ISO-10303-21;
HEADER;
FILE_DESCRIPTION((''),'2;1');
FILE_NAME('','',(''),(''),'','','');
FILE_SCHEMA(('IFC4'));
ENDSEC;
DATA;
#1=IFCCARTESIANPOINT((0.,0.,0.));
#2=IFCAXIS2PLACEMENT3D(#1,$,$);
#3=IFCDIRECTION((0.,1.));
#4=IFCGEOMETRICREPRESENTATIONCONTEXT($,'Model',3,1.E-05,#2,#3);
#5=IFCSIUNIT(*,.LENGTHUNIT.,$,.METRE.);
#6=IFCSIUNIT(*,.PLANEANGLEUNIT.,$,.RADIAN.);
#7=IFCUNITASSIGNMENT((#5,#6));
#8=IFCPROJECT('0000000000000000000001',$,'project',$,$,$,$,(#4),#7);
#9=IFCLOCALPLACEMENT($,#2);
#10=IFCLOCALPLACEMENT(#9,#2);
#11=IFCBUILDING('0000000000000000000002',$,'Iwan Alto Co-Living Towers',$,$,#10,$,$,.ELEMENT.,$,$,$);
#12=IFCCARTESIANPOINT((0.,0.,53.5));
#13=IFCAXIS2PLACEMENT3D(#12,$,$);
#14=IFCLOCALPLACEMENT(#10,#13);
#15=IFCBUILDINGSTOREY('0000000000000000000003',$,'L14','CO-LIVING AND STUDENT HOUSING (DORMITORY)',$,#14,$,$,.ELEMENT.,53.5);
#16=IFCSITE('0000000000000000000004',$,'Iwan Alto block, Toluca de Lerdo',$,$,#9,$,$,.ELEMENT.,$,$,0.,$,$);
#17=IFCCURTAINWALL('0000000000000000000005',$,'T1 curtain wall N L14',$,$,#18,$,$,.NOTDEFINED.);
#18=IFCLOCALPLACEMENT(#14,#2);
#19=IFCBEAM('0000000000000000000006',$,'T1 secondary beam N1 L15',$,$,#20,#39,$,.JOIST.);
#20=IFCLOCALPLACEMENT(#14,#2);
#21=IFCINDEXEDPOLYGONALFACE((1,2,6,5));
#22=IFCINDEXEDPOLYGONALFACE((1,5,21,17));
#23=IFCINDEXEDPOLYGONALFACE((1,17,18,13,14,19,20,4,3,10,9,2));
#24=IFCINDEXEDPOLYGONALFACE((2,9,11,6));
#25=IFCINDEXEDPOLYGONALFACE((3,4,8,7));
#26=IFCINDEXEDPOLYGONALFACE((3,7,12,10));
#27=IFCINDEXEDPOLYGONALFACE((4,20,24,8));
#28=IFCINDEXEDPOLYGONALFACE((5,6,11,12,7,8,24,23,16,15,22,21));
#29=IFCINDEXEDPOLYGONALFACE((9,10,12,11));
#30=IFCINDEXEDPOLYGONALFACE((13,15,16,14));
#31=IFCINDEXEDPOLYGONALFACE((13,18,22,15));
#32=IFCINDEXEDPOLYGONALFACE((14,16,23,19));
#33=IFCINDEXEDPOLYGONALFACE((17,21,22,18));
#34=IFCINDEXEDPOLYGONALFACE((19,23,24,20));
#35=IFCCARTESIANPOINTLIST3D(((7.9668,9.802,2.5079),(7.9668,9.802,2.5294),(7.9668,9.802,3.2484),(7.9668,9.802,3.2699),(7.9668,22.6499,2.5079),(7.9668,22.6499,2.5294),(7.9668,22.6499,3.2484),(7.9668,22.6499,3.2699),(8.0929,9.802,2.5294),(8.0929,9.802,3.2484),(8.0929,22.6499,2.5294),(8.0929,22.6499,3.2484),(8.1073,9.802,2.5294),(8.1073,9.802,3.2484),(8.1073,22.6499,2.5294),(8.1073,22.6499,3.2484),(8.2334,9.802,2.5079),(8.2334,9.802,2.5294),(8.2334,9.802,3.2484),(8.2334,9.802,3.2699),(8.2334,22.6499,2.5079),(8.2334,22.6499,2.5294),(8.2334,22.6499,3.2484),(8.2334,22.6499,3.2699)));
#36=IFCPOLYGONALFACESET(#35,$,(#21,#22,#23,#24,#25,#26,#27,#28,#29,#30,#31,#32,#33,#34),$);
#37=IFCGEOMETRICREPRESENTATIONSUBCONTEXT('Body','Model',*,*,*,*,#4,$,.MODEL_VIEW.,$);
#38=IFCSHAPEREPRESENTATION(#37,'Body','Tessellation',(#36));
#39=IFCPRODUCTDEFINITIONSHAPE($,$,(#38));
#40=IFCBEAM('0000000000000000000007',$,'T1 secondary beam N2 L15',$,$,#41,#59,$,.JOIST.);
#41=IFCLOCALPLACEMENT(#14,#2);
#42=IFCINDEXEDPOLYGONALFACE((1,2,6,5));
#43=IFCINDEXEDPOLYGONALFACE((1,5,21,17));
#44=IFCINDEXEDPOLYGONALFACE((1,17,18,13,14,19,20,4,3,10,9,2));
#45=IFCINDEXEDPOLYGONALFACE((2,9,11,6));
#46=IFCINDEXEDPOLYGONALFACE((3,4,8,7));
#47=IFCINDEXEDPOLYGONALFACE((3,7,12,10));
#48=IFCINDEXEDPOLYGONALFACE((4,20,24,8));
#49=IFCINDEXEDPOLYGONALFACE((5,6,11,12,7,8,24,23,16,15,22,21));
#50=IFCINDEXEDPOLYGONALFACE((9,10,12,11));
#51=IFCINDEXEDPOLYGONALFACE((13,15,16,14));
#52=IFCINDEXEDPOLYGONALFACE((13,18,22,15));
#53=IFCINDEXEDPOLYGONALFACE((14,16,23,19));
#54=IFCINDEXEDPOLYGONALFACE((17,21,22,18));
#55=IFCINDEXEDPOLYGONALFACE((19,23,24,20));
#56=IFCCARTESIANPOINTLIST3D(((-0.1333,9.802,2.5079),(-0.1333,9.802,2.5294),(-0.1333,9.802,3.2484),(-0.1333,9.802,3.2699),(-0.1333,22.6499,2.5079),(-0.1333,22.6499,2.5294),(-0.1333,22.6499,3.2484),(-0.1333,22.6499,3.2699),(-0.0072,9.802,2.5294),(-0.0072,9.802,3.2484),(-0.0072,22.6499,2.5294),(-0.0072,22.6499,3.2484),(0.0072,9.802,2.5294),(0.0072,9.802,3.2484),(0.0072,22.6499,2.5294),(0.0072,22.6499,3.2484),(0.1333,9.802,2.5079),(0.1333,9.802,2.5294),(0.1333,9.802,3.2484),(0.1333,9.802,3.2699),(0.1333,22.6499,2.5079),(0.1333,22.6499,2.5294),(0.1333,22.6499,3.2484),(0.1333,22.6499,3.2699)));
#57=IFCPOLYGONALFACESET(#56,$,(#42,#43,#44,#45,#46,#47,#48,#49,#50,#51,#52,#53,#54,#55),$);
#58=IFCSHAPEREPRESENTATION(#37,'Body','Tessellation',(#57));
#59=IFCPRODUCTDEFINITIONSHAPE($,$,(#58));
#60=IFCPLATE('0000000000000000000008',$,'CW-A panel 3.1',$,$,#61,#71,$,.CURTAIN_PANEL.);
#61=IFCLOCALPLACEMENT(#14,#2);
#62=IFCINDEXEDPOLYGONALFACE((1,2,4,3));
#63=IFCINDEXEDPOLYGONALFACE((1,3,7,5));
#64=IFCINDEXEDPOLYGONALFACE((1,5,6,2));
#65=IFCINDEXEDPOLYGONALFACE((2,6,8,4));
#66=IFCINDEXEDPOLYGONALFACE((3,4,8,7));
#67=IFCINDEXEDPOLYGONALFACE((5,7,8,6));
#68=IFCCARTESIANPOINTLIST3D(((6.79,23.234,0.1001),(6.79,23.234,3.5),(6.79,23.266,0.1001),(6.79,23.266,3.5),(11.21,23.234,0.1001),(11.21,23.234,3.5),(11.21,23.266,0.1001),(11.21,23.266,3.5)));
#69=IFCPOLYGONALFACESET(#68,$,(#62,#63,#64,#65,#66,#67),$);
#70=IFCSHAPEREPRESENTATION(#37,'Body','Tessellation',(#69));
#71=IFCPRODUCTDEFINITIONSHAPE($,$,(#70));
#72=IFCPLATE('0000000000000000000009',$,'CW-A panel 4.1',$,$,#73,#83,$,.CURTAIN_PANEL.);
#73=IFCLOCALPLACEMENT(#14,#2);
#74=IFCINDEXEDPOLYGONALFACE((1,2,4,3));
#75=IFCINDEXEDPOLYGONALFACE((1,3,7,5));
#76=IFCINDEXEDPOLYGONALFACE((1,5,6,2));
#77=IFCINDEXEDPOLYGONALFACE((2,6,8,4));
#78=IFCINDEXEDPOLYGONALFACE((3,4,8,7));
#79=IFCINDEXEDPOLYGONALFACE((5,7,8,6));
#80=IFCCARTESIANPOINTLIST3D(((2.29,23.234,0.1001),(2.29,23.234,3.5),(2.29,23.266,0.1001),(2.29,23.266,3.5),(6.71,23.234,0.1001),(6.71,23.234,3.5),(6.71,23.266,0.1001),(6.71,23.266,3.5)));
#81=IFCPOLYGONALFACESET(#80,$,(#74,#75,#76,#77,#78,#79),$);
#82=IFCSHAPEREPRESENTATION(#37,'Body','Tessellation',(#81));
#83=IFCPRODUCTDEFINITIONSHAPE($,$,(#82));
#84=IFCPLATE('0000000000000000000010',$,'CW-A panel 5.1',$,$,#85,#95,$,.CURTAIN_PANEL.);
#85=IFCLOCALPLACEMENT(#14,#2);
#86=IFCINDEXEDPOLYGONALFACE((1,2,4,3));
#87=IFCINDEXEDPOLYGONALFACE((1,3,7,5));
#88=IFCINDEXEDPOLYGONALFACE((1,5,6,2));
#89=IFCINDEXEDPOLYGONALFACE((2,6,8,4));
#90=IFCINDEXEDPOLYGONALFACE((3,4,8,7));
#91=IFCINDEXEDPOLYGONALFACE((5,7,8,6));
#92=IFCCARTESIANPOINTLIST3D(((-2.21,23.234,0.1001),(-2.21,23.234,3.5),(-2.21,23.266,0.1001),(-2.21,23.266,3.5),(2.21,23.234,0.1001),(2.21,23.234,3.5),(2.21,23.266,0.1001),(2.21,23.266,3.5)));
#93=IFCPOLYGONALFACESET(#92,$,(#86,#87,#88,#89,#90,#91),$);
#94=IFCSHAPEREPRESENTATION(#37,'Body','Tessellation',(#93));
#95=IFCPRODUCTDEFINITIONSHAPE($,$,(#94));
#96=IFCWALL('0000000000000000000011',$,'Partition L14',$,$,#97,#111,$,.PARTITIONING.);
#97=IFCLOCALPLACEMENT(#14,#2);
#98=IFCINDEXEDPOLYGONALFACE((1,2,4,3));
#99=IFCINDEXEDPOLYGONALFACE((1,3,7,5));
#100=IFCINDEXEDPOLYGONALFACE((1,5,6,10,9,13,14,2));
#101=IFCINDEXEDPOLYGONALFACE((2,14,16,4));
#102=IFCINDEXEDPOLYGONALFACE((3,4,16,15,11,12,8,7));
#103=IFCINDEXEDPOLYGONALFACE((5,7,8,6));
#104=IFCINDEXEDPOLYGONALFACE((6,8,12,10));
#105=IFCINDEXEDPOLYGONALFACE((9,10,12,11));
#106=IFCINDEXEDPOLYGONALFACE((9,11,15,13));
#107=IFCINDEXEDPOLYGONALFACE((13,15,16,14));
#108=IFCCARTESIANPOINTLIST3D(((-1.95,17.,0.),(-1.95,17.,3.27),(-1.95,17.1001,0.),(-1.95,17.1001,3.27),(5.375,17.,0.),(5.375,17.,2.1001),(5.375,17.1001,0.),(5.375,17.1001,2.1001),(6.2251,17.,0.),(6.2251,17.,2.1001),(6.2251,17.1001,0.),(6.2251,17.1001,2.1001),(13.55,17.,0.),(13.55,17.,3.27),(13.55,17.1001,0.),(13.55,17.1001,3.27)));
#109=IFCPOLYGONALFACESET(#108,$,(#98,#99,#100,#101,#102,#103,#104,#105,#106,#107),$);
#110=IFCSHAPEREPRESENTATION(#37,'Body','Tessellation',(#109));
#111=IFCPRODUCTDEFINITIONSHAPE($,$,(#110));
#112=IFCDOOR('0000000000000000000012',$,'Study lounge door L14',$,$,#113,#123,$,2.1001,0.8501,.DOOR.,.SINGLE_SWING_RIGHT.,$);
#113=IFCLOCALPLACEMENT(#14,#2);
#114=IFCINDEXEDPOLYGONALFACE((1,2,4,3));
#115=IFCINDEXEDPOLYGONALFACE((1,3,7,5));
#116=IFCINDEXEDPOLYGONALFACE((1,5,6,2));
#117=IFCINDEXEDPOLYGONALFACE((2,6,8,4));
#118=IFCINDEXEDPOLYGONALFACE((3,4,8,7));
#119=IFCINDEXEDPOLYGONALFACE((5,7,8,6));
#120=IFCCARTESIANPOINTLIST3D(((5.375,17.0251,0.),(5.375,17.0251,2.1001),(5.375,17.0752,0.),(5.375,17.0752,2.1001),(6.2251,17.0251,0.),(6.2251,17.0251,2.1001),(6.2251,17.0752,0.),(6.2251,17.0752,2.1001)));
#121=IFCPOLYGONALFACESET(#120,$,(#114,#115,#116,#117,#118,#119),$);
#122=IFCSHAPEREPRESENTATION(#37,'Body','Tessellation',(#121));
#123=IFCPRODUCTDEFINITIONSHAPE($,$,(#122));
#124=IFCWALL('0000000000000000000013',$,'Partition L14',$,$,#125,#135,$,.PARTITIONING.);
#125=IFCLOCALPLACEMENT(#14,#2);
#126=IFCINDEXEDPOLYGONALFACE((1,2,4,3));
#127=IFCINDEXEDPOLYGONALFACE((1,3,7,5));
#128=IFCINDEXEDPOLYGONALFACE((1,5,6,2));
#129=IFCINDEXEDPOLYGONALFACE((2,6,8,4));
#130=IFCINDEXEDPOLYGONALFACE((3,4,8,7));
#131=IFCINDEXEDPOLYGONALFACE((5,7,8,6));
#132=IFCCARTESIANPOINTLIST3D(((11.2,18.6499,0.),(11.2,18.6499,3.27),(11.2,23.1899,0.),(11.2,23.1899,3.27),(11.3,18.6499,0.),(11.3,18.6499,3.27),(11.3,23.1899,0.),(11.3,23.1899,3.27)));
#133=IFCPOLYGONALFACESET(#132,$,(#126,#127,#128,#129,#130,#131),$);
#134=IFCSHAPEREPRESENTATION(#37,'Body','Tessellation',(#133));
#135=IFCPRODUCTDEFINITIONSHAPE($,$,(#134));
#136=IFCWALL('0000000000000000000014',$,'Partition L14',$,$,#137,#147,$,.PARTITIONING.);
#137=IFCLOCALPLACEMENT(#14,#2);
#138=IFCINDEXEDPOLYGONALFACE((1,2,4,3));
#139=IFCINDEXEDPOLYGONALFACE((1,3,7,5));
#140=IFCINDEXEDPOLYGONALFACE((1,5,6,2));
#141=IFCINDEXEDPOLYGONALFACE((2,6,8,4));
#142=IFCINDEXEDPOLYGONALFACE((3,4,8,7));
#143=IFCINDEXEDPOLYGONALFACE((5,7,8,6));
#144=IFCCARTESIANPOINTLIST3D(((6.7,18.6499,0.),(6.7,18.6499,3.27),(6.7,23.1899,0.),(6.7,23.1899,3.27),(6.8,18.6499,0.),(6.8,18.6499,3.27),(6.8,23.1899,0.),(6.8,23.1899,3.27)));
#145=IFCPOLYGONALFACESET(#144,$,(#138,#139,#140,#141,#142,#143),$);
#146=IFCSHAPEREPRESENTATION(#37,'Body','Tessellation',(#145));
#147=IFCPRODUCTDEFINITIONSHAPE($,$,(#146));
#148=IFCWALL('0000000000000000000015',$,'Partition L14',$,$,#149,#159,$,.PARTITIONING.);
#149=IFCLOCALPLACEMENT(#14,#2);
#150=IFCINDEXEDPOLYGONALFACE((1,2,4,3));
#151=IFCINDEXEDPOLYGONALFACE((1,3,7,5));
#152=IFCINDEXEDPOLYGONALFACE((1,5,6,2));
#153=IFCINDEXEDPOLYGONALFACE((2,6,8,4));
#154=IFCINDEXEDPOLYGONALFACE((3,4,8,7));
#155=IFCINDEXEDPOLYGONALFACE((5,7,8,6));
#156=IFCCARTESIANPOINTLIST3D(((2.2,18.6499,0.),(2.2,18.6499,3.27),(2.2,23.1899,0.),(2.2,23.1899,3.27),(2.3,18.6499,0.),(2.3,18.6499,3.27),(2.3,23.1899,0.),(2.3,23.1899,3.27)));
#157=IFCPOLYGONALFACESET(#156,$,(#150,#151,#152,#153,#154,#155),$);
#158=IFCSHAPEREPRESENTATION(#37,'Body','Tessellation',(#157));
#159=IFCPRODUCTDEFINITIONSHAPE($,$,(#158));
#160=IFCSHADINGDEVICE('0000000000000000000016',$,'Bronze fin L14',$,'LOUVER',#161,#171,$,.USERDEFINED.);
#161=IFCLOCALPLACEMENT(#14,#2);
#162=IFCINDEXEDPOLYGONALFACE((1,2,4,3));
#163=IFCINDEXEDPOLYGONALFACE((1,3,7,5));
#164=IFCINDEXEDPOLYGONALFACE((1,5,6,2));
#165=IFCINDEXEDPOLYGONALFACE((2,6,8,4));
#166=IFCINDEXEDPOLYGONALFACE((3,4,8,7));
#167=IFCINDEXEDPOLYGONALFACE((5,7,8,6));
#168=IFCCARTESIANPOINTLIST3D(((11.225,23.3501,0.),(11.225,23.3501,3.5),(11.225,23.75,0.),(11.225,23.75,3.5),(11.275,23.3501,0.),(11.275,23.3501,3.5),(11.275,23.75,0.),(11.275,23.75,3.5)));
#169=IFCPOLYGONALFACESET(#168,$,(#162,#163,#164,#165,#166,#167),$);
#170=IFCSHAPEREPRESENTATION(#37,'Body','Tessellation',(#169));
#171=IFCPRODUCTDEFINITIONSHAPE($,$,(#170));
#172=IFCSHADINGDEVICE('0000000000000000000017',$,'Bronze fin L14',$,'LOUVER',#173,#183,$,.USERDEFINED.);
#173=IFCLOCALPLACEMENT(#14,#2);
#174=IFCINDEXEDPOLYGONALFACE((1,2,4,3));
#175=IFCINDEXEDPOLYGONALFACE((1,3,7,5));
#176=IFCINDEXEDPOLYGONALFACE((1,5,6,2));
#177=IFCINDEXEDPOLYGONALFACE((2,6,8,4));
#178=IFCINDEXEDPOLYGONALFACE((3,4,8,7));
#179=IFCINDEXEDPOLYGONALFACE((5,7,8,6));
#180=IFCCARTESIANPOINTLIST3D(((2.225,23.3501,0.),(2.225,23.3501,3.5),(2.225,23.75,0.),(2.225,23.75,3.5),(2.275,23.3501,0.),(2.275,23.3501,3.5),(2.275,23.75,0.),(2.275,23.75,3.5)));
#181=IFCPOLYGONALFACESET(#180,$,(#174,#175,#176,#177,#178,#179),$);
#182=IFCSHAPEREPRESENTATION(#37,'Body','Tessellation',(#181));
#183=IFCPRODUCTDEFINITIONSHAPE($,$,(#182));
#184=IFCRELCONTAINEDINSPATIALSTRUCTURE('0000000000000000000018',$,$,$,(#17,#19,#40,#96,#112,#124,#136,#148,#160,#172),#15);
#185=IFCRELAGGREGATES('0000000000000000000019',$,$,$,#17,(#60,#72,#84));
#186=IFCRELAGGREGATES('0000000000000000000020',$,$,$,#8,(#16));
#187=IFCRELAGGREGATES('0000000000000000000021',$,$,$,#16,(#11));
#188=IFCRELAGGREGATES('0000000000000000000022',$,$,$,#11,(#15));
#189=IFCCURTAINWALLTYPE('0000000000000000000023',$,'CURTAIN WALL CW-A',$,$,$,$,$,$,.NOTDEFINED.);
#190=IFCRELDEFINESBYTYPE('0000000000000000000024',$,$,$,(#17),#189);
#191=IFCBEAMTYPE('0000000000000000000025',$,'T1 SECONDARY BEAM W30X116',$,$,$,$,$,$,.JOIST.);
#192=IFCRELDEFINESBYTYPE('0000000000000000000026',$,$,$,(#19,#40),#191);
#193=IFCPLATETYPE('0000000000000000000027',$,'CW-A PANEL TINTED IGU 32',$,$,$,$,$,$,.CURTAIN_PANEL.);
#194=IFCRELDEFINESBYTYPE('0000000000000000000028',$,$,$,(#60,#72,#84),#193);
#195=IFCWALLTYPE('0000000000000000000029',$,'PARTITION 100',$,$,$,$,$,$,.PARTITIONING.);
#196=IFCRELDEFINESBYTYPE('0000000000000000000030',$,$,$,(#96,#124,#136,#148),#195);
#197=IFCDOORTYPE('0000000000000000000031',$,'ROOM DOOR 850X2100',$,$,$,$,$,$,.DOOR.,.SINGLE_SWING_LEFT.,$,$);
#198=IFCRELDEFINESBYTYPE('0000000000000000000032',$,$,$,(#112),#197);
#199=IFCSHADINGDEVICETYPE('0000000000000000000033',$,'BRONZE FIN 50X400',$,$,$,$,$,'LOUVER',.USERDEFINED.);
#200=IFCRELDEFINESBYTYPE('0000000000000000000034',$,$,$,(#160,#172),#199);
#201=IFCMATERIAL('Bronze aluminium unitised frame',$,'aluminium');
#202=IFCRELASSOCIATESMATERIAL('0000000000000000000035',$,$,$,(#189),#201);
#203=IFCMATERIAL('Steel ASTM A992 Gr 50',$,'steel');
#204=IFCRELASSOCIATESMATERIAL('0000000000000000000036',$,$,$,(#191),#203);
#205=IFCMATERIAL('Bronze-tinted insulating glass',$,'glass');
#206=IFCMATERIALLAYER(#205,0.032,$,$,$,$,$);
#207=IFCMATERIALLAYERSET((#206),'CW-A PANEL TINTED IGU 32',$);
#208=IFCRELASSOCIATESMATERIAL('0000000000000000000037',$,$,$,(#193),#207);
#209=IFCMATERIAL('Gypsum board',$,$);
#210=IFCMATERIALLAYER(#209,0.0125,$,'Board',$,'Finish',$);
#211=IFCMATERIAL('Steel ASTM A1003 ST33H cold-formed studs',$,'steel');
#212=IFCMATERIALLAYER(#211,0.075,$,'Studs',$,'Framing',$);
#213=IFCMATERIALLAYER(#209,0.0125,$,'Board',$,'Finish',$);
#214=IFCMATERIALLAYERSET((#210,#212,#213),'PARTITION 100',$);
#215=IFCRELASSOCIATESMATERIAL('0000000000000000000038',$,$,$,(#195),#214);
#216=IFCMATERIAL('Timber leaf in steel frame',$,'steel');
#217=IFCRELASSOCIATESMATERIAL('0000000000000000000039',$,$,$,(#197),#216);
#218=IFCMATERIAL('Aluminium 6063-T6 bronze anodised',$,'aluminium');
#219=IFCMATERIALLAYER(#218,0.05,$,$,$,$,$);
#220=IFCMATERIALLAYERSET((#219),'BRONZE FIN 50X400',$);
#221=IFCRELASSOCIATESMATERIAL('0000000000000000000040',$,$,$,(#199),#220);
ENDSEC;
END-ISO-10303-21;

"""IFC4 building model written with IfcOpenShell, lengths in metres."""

from ifc_helpers import new_model, si_unit, direction, frame, frame_2d, origin, origin_2d, place, context, subcontext, project, spatial, rectangle, i_section, extrude, material, layer, layer_set, material_profile, profile_set, type_object, element, fill, aggregate, save


model = new_model("IFC4")

# Units and contexts
model_context = context("Model", 3, precision=1e-05, world=origin(), true_north=direction((0.0, 1.0)))
body_context = subcontext(model_context, "Body", "Model", "MODEL_VIEW")
ifc_project = project(units=[si_unit("LENGTHUNIT", "METRE"), si_unit("PLANEANGLEUNIT", "RADIAN")], contexts=[model_context])

# Site, building, storey
site_placement = place(None, origin())
site = spatial("IfcSite", under=ifc_project, at=site_placement, Name="Iwan Alto block, Toluca de Lerdo", CompositionType="ELEMENT", RefElevation=0.0)
building_placement = place(site_placement, origin())
building = spatial("IfcBuilding", under=site, at=building_placement, Name="Iwan Alto Co-Living Towers", CompositionType="ELEMENT")
storey_placement = place(building_placement, frame((0.0, 0.0, 53.5)))
storey = spatial("IfcBuildingStorey", under=building, at=storey_placement, Name="L14", Description="CO-LIVING AND STUDENT HOUSING (DORMITORY)", CompositionType="ELEMENT", Elevation=53.5)

# Curtain wall
ifc_material_1 = material(Name="Bronze aluminium unitised frame", Category="aluminium")
curtain_wall_type = type_object("IfcCurtainWallType", Name="CURTAIN WALL CW-A", PredefinedType="NOTDEFINED", material=ifc_material_1)
curtain_wall_placement = place(storey_placement, origin())
curtain_wall = element("IfcCurtainWall", 1, at=curtain_wall_placement, inside=storey, type_object=curtain_wall_type, Name="T1 curtain wall N L14", PredefinedType="NOTDEFINED")

# Beams
ifc_material_2 = material(Name="Steel ASTM A992 Gr 50", Category="steel")
ifc_material_profile_1 = material_profile(ifc_material_2, i_section(OverallWidth=0.2666, OverallDepth=0.762, WebThickness=0.0144, FlangeThickness=0.0215, at=origin_2d()), Name="W30X116")
ifc_profile_set_1 = profile_set([ifc_material_profile_1], Name="Steel ASTM A992 Gr 50")
beam_type_1 = type_object("IfcBeamType", Name="T1 SECONDARY BEAM W30X116", PredefinedType="JOIST", material=ifc_profile_set_1)
for number, where, z_axis, x_axis, name in (
    (2, (8.1001, 22.6499, 2.8889), (0.0, -1.0, 0.0), (1.0, 0.0, 0.0), "T1 secondary beam N1 L15"),
    (3, (0.0, 22.6499, 2.8889), (0.0, -1.0, 0.0), (1.0, 0.0, 0.0), "T1 secondary beam N2 L15"),
):
    element("IfcBeam", number, at=place(storey_placement, frame(where, z_axis=z_axis, x_axis=x_axis)), inside=storey, type_object=beam_type_1, Name=name, PredefinedType="JOIST", context=body_context, shape_type="SweptSolid", body=[
        extrude(i_section(OverallWidth=0.2666, OverallDepth=0.762, WebThickness=0.0144, FlangeThickness=0.0215, at=origin_2d()), origin(), (0.0, 0.0, 1.0), 12.8479),
    ])

# Plates
ifc_material_3 = material(Name="Bronze-tinted insulating glass", Category="glass")
ifc_layer_1 = layer(ifc_material_3, 0.032)
ifc_layer_set_1 = layer_set([ifc_layer_1], Name="CW-A PANEL TINTED IGU 32")
plate_type = type_object("IfcPlateType", Name="CW-A PANEL TINTED IGU 32", PredefinedType="CURTAIN_PANEL", material=ifc_layer_set_1)
plate_1_placement = place(storey_placement, frame((9.0, 23.25, 0.1001), z_axis=(0.0, 0.0, 1.0), x_axis=(-1.0, 0.0, 0.0)))
plate_1 = element("IfcPlate", 4, at=plate_1_placement, type_object=plate_type, Name="CW-A panel 3.1", PredefinedType="CURTAIN_PANEL", context=body_context, shape_type="SweptSolid", body=[
    extrude(rectangle(XDim=4.4199, YDim=0.032, at=origin_2d()), origin(), (0.0, 0.0, 1.0), 3.3999),
])
plate_2_placement = place(storey_placement, frame((4.5, 23.25, 0.1001), z_axis=(0.0, 0.0, 1.0), x_axis=(-1.0, 0.0, 0.0)))
plate_2 = element("IfcPlate", 5, at=plate_2_placement, type_object=plate_type, Name="CW-A panel 4.1", PredefinedType="CURTAIN_PANEL", context=body_context, shape_type="SweptSolid", body=[
    extrude(rectangle(XDim=4.4199, YDim=0.032, at=origin_2d()), origin(), (0.0, 0.0, 1.0), 3.3999),
])
plate_3_placement = place(storey_placement, frame((0.0, 23.25, 0.1001), z_axis=(0.0, 0.0, 1.0), x_axis=(-1.0, 0.0, 0.0)))
plate_3 = element("IfcPlate", 6, at=plate_3_placement, type_object=plate_type, Name="CW-A panel 5.1", PredefinedType="CURTAIN_PANEL", context=body_context, shape_type="SweptSolid", body=[
    extrude(rectangle(XDim=4.4199, YDim=0.032, at=origin_2d()), origin(), (0.0, 0.0, 1.0), 3.3999),
])
aggregate(curtain_wall, [plate_1, plate_2, plate_3])

# Wall, opening, door
ifc_material_4 = material(Name="Gypsum board")
ifc_layer_2 = layer(ifc_material_4, 0.0125, Name="Board", Category="Finish")
ifc_material_5 = material(Name="Steel ASTM A1003 ST33H cold-formed studs", Category="steel")
ifc_layer_3 = layer(ifc_material_5, 0.075, Name="Studs", Category="Framing")
ifc_layer_4 = layer(ifc_material_4, 0.0125, Name="Board", Category="Finish")
ifc_layer_set_2 = layer_set([ifc_layer_2, ifc_layer_3, ifc_layer_4], Name="PARTITION 100")
wall_type = type_object("IfcWallType", Name="PARTITION 100", PredefinedType="PARTITIONING", material=ifc_layer_set_2)
wall_placement = place(storey_placement, frame((-1.95, 17.05, 0.0), z_axis=(0.0, 0.0, 1.0), x_axis=(1.0, 0.0, 0.0)))
wall = element("IfcWall", 7, at=wall_placement, inside=storey, type_object=wall_type, Name="Partition L14", PredefinedType="PARTITIONING", context=body_context, shape_type="SweptSolid", body=[
    extrude(rectangle(XDim=15.5, YDim=0.1001, at=frame_2d((7.75, 0.0))), origin(), (0.0, 0.0, 1.0), 3.27),
])
opening_placement = place(wall_placement, frame((7.325, 0.0, 0.0)))
opening = element("IfcOpeningElement", 8, at=opening_placement, cuts=wall, PredefinedType="OPENING", context=body_context, shape_type="SweptSolid", body=[
    extrude(rectangle(XDim=0.8501, YDim=2.1001, at=frame_2d((0.425, 1.05))), frame((0.0, 0.0601, 0.0), z_axis=(0.0, -1.0, 0.0), x_axis=(1.0, 0.0, 0.0)), (0.0, 0.0, 1.0), 0.1201),
])
ifc_material_6 = material(Name="Timber leaf in steel frame", Category="steel")
door_type = type_object("IfcDoorType", Name="ROOM DOOR 850X2100", OperationType="SINGLE_SWING_LEFT", PredefinedType="DOOR", material=ifc_material_6)
door_placement = place(opening_placement, frame((0.8501, 0.0, 0.0), z_axis=(0.0, 0.0, 1.0), x_axis=(-1.0, 0.0, 0.0)))
door = element("IfcDoor", 9, at=door_placement, inside=storey, type_object=door_type, Name="Study lounge door L14", OperationType="SINGLE_SWING_RIGHT", OverallHeight=2.1001, OverallWidth=0.8501, PredefinedType="DOOR", context=body_context, shape_type="SweptSolid", body=[
    extrude(rectangle(XDim=0.8501, YDim=2.1001, at=frame_2d((0.425, 1.05))), frame((0.0, 0.0249, 0.0), z_axis=(0.0, -1.0, 0.0), x_axis=(1.0, 0.0, 0.0)), (0.0, 0.0, 1.0), 0.05),
])
fill(opening, door)

# Walls
for number, where, z_axis, x_axis, name in (
    (10, (11.25, 18.6499, 0.0), (0.0, 0.0, 1.0), (0.0, 1.0, 0.0), "Partition L14"),
    (11, (6.75, 18.6499, 0.0), (0.0, 0.0, 1.0), (0.0, 1.0, 0.0), "Partition L14"),
    (12, (2.25, 18.6499, 0.0), (0.0, 0.0, 1.0), (0.0, 1.0, 0.0), "Partition L14"),
):
    element("IfcWall", number, at=place(storey_placement, frame(where, z_axis=z_axis, x_axis=x_axis)), inside=storey, type_object=wall_type, Name=name, PredefinedType="PARTITIONING", context=body_context, shape_type="SweptSolid", body=[
        extrude(rectangle(XDim=4.54, YDim=0.1001, at=frame_2d((2.27, 0.0))), origin(), (0.0, 0.0, 1.0), 3.27),
    ])

# Shading devices
ifc_material_7 = material(Name="Aluminium 6063-T6 bronze anodised", Category="aluminium")
ifc_layer_5 = layer(ifc_material_7, 0.05)
ifc_layer_set_3 = layer_set([ifc_layer_5], Name="BRONZE FIN 50X400")
shading_device_type = type_object("IfcShadingDeviceType", Name="BRONZE FIN 50X400", ElementType="LOUVER", PredefinedType="USERDEFINED", material=ifc_layer_set_3)
for number, where, z_axis, x_axis, name in (
    (13, (11.25, 23.55, 0.0), (0.0, 0.0, 1.0), (-1.0, 0.0, 0.0), "Bronze fin L14"),
    (14, (2.25, 23.55, 0.0), (0.0, 0.0, 1.0), (-1.0, 0.0, 0.0), "Bronze fin L14"),
):
    element("IfcShadingDevice", number, at=place(storey_placement, frame(where, z_axis=z_axis, x_axis=x_axis)), inside=storey, type_object=shading_device_type, Name=name, ObjectType="LOUVER", PredefinedType="USERDEFINED", context=body_context, shape_type="SweptSolid", body=[
        extrude(rectangle(XDim=0.05, YDim=0.3999, at=origin_2d()), origin(), (0.0, 0.0, 1.0), 3.5),
    ])

save(model, "model.ifc")
